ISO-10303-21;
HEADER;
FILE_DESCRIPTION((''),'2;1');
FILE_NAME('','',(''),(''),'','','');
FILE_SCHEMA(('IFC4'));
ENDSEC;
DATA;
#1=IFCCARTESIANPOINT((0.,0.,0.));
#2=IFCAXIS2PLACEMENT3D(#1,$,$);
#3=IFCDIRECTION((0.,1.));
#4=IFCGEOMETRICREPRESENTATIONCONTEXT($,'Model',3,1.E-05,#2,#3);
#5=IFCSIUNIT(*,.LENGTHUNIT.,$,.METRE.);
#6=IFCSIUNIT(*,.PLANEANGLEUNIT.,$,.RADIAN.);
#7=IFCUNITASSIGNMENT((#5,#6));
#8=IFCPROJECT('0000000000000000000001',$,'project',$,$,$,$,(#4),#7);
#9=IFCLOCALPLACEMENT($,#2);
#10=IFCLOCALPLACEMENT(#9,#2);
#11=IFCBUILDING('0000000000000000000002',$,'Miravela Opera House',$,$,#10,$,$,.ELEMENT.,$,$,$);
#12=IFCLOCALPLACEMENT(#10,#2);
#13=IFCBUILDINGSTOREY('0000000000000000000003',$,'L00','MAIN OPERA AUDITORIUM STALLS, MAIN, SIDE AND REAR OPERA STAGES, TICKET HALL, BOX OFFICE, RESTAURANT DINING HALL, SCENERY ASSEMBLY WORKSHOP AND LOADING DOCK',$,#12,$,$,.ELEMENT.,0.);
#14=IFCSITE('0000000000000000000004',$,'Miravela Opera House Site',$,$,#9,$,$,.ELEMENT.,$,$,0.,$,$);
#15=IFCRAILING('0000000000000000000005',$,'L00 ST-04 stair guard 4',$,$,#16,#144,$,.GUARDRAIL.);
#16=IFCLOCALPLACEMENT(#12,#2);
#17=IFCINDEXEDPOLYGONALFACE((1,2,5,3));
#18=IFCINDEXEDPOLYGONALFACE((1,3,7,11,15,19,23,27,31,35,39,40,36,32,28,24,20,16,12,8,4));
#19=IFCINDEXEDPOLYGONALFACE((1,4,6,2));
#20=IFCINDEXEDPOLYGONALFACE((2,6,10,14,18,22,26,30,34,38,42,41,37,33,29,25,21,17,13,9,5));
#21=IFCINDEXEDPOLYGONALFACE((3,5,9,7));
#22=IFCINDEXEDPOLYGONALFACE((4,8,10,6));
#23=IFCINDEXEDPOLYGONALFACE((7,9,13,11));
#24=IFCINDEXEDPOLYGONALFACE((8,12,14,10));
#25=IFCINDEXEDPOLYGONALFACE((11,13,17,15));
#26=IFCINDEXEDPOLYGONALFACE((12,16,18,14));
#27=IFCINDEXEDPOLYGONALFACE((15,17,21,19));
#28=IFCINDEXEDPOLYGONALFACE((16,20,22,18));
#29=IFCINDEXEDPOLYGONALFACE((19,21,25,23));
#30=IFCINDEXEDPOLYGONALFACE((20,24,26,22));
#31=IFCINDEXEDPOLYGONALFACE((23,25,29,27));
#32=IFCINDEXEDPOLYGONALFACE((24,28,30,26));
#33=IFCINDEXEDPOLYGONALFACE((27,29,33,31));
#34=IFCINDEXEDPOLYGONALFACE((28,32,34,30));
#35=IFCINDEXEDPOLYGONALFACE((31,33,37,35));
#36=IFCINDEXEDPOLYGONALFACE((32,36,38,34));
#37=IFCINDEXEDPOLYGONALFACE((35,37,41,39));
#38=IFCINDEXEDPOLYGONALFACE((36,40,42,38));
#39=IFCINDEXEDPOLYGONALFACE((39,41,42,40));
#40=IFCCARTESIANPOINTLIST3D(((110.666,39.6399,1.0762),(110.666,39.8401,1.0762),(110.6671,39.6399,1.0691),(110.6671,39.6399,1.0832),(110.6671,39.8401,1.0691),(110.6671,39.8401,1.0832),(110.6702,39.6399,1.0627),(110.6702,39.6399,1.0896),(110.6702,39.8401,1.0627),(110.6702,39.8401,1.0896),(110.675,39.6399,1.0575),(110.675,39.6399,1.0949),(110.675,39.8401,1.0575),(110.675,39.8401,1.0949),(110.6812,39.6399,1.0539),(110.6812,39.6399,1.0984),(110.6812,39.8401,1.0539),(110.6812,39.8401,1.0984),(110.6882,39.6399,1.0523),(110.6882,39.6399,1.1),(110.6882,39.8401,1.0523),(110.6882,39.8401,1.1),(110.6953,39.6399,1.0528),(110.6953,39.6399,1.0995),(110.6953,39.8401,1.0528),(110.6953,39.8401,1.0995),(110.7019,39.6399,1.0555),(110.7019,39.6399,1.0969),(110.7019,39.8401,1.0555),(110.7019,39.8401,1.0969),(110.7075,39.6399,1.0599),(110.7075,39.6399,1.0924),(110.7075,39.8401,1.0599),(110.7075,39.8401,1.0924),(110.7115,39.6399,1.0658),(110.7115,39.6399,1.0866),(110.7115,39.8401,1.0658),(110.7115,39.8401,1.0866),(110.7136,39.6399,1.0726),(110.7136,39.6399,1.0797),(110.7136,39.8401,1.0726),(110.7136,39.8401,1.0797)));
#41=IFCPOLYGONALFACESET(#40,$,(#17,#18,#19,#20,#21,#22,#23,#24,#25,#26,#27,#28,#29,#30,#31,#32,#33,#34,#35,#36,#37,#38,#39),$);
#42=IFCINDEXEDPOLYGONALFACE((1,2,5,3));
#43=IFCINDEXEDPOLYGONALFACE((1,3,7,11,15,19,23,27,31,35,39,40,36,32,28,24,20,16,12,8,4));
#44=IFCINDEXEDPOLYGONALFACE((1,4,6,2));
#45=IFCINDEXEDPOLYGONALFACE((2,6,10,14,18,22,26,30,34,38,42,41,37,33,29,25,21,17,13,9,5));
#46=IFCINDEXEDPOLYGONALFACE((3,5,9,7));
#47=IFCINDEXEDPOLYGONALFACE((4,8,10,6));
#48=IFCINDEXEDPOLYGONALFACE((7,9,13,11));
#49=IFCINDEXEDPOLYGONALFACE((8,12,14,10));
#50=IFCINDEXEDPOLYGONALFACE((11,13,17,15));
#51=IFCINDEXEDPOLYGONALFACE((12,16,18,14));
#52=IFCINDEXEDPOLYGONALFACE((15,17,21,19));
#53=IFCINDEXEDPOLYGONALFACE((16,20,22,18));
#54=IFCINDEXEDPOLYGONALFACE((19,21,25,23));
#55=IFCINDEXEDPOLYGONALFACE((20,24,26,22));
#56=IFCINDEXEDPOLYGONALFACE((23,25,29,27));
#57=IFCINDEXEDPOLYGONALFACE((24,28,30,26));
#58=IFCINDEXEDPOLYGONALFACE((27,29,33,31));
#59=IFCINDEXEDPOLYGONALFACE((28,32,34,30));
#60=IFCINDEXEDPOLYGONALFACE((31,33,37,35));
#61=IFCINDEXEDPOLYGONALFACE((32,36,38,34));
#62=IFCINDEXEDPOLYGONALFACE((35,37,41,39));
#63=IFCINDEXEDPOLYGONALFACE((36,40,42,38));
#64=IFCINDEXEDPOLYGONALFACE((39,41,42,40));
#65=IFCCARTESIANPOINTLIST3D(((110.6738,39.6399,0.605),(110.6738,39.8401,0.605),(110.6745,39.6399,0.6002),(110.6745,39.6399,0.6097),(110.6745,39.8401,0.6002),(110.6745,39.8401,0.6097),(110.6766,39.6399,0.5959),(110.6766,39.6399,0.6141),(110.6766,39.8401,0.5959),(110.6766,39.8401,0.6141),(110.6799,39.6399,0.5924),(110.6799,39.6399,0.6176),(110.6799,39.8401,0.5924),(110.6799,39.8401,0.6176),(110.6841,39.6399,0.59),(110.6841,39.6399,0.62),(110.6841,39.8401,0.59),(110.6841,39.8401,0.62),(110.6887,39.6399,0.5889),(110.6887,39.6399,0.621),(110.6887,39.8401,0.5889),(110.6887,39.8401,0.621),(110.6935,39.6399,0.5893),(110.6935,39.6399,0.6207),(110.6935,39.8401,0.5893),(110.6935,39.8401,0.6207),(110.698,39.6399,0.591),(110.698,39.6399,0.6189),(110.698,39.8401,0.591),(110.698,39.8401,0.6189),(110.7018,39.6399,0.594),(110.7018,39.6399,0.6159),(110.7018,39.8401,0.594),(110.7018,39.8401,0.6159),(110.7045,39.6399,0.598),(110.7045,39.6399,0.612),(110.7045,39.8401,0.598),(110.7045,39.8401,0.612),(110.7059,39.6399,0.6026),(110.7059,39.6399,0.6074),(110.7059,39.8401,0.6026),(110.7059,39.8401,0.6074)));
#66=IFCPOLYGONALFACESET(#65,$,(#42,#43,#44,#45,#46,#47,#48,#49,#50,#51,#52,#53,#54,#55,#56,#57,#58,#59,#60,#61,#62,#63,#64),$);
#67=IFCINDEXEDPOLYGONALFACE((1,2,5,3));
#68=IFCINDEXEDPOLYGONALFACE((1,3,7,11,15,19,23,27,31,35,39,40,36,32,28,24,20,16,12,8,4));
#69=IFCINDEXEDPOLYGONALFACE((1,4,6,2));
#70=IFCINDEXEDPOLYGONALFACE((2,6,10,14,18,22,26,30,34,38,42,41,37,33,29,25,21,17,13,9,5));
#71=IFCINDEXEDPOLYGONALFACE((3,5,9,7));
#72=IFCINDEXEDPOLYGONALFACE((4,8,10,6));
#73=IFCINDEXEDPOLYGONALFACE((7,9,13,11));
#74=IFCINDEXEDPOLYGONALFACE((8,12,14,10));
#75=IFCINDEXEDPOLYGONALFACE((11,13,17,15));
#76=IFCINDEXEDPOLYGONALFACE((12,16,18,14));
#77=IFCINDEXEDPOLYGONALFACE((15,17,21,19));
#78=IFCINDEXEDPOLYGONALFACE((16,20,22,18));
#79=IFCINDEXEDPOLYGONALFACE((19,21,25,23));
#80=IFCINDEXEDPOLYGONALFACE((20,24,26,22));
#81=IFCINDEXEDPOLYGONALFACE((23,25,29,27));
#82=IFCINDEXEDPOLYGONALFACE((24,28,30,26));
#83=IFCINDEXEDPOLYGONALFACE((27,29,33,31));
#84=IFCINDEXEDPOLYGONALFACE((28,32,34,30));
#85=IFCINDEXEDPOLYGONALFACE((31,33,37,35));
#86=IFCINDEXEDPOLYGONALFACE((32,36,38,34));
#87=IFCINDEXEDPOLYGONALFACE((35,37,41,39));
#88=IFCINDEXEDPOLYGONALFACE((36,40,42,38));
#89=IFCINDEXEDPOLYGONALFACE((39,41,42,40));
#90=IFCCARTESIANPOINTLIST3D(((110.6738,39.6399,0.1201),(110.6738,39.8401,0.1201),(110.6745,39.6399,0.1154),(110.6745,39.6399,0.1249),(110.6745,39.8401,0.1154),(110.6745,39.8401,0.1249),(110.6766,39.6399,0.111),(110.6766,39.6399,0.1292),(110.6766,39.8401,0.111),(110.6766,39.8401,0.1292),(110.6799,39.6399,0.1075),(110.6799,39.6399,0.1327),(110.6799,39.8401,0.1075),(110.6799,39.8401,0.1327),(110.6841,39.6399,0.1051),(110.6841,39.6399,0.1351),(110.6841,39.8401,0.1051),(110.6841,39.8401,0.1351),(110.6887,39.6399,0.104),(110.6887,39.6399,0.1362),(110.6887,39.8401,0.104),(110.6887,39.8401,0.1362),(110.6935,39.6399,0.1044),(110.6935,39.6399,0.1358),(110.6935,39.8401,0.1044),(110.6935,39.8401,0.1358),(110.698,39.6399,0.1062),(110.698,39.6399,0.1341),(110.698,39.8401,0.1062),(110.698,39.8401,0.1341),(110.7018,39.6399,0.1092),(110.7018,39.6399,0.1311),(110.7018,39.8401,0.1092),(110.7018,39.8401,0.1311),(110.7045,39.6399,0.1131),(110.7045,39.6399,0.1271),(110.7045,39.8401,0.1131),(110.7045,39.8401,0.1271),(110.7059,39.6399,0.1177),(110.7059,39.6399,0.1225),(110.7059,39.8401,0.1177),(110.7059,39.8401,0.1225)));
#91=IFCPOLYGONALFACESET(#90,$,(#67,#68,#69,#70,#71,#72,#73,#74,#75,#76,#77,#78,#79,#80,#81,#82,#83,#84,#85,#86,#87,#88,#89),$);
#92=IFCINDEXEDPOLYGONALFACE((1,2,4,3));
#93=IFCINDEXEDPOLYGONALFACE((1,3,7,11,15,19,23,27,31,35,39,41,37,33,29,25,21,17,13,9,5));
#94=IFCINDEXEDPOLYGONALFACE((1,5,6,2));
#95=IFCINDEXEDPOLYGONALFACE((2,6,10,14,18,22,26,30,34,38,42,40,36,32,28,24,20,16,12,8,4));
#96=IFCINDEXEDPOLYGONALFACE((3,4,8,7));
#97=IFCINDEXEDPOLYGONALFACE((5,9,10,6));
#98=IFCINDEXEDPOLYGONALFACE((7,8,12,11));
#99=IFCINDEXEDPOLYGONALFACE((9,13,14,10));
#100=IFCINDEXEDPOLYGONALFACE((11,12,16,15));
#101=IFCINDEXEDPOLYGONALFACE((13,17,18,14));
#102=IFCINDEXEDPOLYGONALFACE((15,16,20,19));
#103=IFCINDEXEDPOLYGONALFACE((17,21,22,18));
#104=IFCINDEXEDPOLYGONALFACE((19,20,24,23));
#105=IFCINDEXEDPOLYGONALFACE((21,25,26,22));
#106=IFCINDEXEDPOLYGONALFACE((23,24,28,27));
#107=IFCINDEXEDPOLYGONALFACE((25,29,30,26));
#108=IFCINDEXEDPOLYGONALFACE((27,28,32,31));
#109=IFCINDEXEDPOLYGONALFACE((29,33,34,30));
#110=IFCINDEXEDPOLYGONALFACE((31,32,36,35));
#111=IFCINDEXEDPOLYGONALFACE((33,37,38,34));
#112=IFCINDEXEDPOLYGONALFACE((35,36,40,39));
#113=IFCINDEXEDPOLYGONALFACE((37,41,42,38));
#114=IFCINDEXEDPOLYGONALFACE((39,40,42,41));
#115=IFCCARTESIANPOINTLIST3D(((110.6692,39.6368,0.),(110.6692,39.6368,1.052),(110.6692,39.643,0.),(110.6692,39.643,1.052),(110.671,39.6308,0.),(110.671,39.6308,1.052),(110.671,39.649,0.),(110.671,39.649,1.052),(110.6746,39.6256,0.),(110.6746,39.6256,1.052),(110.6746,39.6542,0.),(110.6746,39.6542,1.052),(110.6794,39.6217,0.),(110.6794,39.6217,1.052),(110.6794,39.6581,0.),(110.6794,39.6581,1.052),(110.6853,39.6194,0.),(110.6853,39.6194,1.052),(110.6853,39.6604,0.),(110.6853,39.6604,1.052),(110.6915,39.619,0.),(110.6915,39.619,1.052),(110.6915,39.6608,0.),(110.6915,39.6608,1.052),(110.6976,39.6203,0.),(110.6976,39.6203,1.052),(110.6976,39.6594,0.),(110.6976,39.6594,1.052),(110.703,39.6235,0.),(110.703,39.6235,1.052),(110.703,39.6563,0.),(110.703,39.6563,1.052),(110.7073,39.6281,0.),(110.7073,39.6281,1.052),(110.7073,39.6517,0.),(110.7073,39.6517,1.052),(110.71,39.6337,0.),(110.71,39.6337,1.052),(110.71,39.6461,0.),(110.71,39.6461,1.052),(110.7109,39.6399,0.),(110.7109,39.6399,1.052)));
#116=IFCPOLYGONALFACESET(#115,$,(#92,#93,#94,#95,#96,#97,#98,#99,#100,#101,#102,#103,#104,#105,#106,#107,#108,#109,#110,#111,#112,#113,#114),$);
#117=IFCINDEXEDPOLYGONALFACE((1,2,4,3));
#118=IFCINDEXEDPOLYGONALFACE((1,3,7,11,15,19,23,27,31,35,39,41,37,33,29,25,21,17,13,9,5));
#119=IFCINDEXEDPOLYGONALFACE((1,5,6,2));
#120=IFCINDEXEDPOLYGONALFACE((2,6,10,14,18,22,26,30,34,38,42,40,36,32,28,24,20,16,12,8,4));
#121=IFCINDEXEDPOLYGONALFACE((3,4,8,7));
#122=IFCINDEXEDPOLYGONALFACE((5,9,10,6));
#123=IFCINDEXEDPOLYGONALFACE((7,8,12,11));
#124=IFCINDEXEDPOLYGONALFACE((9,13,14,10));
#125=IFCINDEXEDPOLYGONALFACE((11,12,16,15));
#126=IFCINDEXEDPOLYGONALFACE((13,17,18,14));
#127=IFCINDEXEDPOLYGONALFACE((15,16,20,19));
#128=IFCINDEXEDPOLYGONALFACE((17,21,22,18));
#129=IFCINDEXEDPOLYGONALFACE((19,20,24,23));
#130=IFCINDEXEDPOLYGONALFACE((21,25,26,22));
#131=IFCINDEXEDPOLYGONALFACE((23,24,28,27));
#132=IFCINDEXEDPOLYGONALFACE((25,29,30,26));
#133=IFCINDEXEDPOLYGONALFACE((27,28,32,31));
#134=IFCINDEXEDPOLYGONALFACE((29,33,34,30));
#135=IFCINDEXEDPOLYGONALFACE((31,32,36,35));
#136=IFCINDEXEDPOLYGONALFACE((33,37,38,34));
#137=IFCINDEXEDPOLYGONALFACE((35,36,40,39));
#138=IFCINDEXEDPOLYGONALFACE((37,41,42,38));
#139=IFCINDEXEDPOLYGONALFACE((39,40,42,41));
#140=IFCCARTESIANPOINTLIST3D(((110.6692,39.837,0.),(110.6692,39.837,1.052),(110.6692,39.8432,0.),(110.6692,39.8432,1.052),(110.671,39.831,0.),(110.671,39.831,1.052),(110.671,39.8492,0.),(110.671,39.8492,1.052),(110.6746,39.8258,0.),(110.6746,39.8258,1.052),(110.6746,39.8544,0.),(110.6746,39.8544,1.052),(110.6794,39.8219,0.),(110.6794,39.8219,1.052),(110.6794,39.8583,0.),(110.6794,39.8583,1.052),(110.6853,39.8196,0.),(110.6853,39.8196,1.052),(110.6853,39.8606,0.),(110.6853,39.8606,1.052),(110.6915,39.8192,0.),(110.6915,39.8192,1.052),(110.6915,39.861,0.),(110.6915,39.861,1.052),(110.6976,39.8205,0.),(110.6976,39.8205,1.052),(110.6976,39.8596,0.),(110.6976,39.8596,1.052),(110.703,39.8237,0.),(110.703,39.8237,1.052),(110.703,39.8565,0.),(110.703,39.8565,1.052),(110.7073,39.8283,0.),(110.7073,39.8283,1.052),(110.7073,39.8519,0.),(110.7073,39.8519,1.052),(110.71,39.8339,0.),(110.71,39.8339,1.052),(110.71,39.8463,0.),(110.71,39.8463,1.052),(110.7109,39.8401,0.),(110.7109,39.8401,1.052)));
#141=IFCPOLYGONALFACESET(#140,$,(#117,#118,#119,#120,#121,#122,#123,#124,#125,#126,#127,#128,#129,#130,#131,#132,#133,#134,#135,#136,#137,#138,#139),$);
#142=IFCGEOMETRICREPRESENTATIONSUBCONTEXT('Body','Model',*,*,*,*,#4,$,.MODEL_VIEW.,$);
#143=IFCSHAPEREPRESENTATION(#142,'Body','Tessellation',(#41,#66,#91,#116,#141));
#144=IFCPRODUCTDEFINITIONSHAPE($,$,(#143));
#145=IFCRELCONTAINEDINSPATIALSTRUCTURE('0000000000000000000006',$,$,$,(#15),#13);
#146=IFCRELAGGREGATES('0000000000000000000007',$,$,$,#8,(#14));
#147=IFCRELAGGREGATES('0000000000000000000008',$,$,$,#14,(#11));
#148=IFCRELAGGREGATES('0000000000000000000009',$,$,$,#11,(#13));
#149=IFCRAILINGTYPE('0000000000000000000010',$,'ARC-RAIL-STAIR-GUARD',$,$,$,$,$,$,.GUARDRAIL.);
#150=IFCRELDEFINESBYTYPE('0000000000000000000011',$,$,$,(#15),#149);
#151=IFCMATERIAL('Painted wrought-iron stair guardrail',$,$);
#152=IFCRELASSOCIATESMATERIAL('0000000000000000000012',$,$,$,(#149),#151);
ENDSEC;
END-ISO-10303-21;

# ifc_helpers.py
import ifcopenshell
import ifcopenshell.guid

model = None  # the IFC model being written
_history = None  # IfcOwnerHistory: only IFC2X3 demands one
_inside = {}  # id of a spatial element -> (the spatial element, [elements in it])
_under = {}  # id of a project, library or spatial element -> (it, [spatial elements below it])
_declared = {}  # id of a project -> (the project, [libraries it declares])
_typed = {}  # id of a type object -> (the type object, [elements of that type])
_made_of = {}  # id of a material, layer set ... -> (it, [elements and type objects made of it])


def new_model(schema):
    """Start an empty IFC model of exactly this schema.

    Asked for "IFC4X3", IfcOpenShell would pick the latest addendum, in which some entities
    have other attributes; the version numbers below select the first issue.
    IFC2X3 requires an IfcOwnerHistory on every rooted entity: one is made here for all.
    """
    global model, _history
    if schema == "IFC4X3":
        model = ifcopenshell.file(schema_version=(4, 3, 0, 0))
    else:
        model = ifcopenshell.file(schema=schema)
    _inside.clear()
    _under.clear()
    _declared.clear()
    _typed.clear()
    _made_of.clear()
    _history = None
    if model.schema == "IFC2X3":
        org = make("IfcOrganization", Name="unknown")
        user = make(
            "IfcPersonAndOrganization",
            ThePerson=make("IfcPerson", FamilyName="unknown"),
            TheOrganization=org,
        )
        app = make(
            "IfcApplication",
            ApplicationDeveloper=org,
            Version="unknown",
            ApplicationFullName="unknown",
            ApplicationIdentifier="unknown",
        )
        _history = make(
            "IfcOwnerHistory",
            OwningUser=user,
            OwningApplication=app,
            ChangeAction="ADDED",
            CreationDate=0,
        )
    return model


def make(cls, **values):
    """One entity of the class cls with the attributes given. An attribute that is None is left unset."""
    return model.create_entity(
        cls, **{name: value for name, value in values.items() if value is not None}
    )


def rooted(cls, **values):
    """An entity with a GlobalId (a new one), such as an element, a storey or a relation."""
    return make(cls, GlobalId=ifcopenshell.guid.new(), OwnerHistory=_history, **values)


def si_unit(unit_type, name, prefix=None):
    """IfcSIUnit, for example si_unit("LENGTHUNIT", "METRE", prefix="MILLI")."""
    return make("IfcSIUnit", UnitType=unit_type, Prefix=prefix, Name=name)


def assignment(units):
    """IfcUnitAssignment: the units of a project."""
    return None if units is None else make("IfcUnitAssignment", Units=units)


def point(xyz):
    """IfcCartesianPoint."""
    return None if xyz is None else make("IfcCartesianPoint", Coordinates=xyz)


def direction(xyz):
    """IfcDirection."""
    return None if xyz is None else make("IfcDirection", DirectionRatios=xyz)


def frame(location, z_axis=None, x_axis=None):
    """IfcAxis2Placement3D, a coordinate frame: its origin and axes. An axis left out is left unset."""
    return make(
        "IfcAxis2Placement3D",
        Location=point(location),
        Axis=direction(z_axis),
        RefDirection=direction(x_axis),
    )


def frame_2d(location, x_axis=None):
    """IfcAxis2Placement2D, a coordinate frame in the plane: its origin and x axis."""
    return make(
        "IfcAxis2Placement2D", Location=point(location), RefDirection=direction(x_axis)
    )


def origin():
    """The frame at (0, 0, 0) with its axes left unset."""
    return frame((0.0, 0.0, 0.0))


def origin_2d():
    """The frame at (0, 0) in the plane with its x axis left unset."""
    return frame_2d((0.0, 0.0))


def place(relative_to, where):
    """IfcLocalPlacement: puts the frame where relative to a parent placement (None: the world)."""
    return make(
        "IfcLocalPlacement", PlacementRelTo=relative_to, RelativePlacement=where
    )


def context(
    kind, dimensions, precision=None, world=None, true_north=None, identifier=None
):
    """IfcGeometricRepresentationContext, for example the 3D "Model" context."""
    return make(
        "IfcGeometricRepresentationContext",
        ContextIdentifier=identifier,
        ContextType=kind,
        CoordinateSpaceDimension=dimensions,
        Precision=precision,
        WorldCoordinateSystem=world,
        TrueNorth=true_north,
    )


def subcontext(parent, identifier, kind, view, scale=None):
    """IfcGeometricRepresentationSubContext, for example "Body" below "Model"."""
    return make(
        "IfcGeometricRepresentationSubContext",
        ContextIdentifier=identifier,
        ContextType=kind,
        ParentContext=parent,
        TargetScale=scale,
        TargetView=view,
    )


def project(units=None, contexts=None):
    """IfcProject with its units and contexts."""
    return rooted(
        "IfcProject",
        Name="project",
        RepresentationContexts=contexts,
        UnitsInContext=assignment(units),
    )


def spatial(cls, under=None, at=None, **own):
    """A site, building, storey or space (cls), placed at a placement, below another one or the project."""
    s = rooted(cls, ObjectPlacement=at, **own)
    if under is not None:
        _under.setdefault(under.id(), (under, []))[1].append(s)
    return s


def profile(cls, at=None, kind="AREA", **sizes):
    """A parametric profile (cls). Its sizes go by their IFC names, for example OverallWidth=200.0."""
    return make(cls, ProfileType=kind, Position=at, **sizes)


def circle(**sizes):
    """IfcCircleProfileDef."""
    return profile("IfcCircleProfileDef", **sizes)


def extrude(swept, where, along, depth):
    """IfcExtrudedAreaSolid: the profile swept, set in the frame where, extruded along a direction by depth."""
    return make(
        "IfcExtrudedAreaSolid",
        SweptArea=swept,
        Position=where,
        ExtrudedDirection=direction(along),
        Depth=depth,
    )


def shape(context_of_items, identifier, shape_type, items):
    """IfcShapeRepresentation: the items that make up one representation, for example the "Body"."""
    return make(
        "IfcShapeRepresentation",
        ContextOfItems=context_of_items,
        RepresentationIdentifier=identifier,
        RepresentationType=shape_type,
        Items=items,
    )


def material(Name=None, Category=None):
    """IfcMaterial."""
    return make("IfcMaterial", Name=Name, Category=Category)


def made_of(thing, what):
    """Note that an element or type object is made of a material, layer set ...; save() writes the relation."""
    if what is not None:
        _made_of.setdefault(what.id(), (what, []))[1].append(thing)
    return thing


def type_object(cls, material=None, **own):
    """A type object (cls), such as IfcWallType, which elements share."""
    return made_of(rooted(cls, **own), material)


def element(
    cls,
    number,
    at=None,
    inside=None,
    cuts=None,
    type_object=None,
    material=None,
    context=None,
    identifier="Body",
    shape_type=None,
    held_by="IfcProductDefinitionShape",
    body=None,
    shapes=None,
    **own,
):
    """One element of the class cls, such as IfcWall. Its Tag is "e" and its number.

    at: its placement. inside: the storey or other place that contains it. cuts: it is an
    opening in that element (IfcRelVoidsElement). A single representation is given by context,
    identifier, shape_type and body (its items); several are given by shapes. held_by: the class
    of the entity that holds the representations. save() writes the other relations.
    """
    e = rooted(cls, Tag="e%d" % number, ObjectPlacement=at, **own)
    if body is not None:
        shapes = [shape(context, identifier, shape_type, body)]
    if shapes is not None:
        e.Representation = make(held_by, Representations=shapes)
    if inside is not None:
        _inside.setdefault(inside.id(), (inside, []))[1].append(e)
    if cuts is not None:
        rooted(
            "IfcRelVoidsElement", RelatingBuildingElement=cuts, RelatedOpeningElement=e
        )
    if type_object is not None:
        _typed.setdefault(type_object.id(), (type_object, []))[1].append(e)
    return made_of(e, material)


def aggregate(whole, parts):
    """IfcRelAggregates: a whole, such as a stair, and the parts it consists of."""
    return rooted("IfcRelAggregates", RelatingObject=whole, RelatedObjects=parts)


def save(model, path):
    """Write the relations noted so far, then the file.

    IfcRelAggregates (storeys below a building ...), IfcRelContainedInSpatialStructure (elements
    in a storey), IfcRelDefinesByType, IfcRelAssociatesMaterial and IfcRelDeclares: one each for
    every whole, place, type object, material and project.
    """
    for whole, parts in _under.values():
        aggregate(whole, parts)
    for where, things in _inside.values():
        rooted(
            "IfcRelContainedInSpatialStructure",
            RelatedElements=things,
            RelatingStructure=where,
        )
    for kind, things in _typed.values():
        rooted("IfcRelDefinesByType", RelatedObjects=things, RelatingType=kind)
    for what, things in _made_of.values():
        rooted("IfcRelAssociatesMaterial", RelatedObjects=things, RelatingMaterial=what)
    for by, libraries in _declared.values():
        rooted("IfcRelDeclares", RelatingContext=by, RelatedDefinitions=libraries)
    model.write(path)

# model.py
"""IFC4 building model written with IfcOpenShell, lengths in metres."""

from ifc_helpers import new_model, si_unit, direction, frame, origin, origin_2d, place, context, subcontext, project, spatial, circle, extrude, material, type_object, element, save


model = new_model("IFC4")

# Units and contexts
model_context = context("Model", 3, precision=1e-05, world=origin(), true_north=direction((0.0, 1.0)))
body_context = subcontext(model_context, "Body", "Model", "MODEL_VIEW")
ifc_project = project(units=[si_unit("LENGTHUNIT", "METRE"), si_unit("PLANEANGLEUNIT", "RADIAN")], contexts=[model_context])

# Site, building, storey
site_placement = place(None, origin())
site = spatial("IfcSite", under=ifc_project, at=site_placement, Name="Miravela Opera House Site", CompositionType="ELEMENT", RefElevation=0.0)
building_placement = place(site_placement, origin())
building = spatial("IfcBuilding", under=site, at=building_placement, Name="Miravela Opera House", CompositionType="ELEMENT")
storey_placement = place(building_placement, origin())
storey = spatial("IfcBuildingStorey", under=building, at=storey_placement, Name="L00", Description="MAIN OPERA AUDITORIUM STALLS, MAIN, SIDE AND REAR OPERA STAGES, TICKET HALL, BOX OFFICE, RESTAURANT DINING HALL, SCENERY ASSEMBLY WORKSHOP AND LOADING DOCK", CompositionType="ELEMENT", Elevation=0.0)

# Railing
ifc_material_1 = material(Name="Painted wrought-iron stair guardrail")
railing_type_1 = type_object("IfcRailingType", Name="ARC-RAIL-STAIR-GUARD", PredefinedType="GUARDRAIL", material=ifc_material_1)
railing_1_placement = place(storey_placement, frame((110.6899, 39.6399, 0.0)))
element("IfcRailing", 1, at=railing_1_placement, inside=storey, type_object=railing_type_1, Name="L00 ST-04 stair guard 4", PredefinedType="GUARDRAIL", context=body_context, shape_type="SweptSolid", body=[
    extrude(circle(Radius=0.0239, at=origin_2d()), frame((0.0, 0.0, 1.0762), z_axis=(0.0, 1.0, 0.0), x_axis=(-1.0, 0.0, 0.0)), (0.0, 0.0, 1.0), 0.2002),
    extrude(circle(Radius=0.0161, at=origin_2d()), frame((0.0, 0.0, 0.605), z_axis=(0.0, 1.0, 0.0), x_axis=(-1.0, 0.0, 0.0)), (0.0, 0.0, 1.0), 0.2002),
    extrude(circle(Radius=0.0161, at=origin_2d()), frame((0.0, 0.0, 0.1201), z_axis=(0.0, 1.0, 0.0), x_axis=(-1.0, 0.0, 0.0)), (0.0, 0.0, 1.0), 0.2002),
    extrude(circle(Radius=0.021, at=origin_2d()), origin(), (0.0, 0.0, 1.0), 1.052),
    extrude(circle(Radius=0.021, at=origin_2d()), frame((0.0, 0.2002, 0.0)), (0.0, 0.0, 1.0), 1.052),
])

save(model, "model.ifc")
